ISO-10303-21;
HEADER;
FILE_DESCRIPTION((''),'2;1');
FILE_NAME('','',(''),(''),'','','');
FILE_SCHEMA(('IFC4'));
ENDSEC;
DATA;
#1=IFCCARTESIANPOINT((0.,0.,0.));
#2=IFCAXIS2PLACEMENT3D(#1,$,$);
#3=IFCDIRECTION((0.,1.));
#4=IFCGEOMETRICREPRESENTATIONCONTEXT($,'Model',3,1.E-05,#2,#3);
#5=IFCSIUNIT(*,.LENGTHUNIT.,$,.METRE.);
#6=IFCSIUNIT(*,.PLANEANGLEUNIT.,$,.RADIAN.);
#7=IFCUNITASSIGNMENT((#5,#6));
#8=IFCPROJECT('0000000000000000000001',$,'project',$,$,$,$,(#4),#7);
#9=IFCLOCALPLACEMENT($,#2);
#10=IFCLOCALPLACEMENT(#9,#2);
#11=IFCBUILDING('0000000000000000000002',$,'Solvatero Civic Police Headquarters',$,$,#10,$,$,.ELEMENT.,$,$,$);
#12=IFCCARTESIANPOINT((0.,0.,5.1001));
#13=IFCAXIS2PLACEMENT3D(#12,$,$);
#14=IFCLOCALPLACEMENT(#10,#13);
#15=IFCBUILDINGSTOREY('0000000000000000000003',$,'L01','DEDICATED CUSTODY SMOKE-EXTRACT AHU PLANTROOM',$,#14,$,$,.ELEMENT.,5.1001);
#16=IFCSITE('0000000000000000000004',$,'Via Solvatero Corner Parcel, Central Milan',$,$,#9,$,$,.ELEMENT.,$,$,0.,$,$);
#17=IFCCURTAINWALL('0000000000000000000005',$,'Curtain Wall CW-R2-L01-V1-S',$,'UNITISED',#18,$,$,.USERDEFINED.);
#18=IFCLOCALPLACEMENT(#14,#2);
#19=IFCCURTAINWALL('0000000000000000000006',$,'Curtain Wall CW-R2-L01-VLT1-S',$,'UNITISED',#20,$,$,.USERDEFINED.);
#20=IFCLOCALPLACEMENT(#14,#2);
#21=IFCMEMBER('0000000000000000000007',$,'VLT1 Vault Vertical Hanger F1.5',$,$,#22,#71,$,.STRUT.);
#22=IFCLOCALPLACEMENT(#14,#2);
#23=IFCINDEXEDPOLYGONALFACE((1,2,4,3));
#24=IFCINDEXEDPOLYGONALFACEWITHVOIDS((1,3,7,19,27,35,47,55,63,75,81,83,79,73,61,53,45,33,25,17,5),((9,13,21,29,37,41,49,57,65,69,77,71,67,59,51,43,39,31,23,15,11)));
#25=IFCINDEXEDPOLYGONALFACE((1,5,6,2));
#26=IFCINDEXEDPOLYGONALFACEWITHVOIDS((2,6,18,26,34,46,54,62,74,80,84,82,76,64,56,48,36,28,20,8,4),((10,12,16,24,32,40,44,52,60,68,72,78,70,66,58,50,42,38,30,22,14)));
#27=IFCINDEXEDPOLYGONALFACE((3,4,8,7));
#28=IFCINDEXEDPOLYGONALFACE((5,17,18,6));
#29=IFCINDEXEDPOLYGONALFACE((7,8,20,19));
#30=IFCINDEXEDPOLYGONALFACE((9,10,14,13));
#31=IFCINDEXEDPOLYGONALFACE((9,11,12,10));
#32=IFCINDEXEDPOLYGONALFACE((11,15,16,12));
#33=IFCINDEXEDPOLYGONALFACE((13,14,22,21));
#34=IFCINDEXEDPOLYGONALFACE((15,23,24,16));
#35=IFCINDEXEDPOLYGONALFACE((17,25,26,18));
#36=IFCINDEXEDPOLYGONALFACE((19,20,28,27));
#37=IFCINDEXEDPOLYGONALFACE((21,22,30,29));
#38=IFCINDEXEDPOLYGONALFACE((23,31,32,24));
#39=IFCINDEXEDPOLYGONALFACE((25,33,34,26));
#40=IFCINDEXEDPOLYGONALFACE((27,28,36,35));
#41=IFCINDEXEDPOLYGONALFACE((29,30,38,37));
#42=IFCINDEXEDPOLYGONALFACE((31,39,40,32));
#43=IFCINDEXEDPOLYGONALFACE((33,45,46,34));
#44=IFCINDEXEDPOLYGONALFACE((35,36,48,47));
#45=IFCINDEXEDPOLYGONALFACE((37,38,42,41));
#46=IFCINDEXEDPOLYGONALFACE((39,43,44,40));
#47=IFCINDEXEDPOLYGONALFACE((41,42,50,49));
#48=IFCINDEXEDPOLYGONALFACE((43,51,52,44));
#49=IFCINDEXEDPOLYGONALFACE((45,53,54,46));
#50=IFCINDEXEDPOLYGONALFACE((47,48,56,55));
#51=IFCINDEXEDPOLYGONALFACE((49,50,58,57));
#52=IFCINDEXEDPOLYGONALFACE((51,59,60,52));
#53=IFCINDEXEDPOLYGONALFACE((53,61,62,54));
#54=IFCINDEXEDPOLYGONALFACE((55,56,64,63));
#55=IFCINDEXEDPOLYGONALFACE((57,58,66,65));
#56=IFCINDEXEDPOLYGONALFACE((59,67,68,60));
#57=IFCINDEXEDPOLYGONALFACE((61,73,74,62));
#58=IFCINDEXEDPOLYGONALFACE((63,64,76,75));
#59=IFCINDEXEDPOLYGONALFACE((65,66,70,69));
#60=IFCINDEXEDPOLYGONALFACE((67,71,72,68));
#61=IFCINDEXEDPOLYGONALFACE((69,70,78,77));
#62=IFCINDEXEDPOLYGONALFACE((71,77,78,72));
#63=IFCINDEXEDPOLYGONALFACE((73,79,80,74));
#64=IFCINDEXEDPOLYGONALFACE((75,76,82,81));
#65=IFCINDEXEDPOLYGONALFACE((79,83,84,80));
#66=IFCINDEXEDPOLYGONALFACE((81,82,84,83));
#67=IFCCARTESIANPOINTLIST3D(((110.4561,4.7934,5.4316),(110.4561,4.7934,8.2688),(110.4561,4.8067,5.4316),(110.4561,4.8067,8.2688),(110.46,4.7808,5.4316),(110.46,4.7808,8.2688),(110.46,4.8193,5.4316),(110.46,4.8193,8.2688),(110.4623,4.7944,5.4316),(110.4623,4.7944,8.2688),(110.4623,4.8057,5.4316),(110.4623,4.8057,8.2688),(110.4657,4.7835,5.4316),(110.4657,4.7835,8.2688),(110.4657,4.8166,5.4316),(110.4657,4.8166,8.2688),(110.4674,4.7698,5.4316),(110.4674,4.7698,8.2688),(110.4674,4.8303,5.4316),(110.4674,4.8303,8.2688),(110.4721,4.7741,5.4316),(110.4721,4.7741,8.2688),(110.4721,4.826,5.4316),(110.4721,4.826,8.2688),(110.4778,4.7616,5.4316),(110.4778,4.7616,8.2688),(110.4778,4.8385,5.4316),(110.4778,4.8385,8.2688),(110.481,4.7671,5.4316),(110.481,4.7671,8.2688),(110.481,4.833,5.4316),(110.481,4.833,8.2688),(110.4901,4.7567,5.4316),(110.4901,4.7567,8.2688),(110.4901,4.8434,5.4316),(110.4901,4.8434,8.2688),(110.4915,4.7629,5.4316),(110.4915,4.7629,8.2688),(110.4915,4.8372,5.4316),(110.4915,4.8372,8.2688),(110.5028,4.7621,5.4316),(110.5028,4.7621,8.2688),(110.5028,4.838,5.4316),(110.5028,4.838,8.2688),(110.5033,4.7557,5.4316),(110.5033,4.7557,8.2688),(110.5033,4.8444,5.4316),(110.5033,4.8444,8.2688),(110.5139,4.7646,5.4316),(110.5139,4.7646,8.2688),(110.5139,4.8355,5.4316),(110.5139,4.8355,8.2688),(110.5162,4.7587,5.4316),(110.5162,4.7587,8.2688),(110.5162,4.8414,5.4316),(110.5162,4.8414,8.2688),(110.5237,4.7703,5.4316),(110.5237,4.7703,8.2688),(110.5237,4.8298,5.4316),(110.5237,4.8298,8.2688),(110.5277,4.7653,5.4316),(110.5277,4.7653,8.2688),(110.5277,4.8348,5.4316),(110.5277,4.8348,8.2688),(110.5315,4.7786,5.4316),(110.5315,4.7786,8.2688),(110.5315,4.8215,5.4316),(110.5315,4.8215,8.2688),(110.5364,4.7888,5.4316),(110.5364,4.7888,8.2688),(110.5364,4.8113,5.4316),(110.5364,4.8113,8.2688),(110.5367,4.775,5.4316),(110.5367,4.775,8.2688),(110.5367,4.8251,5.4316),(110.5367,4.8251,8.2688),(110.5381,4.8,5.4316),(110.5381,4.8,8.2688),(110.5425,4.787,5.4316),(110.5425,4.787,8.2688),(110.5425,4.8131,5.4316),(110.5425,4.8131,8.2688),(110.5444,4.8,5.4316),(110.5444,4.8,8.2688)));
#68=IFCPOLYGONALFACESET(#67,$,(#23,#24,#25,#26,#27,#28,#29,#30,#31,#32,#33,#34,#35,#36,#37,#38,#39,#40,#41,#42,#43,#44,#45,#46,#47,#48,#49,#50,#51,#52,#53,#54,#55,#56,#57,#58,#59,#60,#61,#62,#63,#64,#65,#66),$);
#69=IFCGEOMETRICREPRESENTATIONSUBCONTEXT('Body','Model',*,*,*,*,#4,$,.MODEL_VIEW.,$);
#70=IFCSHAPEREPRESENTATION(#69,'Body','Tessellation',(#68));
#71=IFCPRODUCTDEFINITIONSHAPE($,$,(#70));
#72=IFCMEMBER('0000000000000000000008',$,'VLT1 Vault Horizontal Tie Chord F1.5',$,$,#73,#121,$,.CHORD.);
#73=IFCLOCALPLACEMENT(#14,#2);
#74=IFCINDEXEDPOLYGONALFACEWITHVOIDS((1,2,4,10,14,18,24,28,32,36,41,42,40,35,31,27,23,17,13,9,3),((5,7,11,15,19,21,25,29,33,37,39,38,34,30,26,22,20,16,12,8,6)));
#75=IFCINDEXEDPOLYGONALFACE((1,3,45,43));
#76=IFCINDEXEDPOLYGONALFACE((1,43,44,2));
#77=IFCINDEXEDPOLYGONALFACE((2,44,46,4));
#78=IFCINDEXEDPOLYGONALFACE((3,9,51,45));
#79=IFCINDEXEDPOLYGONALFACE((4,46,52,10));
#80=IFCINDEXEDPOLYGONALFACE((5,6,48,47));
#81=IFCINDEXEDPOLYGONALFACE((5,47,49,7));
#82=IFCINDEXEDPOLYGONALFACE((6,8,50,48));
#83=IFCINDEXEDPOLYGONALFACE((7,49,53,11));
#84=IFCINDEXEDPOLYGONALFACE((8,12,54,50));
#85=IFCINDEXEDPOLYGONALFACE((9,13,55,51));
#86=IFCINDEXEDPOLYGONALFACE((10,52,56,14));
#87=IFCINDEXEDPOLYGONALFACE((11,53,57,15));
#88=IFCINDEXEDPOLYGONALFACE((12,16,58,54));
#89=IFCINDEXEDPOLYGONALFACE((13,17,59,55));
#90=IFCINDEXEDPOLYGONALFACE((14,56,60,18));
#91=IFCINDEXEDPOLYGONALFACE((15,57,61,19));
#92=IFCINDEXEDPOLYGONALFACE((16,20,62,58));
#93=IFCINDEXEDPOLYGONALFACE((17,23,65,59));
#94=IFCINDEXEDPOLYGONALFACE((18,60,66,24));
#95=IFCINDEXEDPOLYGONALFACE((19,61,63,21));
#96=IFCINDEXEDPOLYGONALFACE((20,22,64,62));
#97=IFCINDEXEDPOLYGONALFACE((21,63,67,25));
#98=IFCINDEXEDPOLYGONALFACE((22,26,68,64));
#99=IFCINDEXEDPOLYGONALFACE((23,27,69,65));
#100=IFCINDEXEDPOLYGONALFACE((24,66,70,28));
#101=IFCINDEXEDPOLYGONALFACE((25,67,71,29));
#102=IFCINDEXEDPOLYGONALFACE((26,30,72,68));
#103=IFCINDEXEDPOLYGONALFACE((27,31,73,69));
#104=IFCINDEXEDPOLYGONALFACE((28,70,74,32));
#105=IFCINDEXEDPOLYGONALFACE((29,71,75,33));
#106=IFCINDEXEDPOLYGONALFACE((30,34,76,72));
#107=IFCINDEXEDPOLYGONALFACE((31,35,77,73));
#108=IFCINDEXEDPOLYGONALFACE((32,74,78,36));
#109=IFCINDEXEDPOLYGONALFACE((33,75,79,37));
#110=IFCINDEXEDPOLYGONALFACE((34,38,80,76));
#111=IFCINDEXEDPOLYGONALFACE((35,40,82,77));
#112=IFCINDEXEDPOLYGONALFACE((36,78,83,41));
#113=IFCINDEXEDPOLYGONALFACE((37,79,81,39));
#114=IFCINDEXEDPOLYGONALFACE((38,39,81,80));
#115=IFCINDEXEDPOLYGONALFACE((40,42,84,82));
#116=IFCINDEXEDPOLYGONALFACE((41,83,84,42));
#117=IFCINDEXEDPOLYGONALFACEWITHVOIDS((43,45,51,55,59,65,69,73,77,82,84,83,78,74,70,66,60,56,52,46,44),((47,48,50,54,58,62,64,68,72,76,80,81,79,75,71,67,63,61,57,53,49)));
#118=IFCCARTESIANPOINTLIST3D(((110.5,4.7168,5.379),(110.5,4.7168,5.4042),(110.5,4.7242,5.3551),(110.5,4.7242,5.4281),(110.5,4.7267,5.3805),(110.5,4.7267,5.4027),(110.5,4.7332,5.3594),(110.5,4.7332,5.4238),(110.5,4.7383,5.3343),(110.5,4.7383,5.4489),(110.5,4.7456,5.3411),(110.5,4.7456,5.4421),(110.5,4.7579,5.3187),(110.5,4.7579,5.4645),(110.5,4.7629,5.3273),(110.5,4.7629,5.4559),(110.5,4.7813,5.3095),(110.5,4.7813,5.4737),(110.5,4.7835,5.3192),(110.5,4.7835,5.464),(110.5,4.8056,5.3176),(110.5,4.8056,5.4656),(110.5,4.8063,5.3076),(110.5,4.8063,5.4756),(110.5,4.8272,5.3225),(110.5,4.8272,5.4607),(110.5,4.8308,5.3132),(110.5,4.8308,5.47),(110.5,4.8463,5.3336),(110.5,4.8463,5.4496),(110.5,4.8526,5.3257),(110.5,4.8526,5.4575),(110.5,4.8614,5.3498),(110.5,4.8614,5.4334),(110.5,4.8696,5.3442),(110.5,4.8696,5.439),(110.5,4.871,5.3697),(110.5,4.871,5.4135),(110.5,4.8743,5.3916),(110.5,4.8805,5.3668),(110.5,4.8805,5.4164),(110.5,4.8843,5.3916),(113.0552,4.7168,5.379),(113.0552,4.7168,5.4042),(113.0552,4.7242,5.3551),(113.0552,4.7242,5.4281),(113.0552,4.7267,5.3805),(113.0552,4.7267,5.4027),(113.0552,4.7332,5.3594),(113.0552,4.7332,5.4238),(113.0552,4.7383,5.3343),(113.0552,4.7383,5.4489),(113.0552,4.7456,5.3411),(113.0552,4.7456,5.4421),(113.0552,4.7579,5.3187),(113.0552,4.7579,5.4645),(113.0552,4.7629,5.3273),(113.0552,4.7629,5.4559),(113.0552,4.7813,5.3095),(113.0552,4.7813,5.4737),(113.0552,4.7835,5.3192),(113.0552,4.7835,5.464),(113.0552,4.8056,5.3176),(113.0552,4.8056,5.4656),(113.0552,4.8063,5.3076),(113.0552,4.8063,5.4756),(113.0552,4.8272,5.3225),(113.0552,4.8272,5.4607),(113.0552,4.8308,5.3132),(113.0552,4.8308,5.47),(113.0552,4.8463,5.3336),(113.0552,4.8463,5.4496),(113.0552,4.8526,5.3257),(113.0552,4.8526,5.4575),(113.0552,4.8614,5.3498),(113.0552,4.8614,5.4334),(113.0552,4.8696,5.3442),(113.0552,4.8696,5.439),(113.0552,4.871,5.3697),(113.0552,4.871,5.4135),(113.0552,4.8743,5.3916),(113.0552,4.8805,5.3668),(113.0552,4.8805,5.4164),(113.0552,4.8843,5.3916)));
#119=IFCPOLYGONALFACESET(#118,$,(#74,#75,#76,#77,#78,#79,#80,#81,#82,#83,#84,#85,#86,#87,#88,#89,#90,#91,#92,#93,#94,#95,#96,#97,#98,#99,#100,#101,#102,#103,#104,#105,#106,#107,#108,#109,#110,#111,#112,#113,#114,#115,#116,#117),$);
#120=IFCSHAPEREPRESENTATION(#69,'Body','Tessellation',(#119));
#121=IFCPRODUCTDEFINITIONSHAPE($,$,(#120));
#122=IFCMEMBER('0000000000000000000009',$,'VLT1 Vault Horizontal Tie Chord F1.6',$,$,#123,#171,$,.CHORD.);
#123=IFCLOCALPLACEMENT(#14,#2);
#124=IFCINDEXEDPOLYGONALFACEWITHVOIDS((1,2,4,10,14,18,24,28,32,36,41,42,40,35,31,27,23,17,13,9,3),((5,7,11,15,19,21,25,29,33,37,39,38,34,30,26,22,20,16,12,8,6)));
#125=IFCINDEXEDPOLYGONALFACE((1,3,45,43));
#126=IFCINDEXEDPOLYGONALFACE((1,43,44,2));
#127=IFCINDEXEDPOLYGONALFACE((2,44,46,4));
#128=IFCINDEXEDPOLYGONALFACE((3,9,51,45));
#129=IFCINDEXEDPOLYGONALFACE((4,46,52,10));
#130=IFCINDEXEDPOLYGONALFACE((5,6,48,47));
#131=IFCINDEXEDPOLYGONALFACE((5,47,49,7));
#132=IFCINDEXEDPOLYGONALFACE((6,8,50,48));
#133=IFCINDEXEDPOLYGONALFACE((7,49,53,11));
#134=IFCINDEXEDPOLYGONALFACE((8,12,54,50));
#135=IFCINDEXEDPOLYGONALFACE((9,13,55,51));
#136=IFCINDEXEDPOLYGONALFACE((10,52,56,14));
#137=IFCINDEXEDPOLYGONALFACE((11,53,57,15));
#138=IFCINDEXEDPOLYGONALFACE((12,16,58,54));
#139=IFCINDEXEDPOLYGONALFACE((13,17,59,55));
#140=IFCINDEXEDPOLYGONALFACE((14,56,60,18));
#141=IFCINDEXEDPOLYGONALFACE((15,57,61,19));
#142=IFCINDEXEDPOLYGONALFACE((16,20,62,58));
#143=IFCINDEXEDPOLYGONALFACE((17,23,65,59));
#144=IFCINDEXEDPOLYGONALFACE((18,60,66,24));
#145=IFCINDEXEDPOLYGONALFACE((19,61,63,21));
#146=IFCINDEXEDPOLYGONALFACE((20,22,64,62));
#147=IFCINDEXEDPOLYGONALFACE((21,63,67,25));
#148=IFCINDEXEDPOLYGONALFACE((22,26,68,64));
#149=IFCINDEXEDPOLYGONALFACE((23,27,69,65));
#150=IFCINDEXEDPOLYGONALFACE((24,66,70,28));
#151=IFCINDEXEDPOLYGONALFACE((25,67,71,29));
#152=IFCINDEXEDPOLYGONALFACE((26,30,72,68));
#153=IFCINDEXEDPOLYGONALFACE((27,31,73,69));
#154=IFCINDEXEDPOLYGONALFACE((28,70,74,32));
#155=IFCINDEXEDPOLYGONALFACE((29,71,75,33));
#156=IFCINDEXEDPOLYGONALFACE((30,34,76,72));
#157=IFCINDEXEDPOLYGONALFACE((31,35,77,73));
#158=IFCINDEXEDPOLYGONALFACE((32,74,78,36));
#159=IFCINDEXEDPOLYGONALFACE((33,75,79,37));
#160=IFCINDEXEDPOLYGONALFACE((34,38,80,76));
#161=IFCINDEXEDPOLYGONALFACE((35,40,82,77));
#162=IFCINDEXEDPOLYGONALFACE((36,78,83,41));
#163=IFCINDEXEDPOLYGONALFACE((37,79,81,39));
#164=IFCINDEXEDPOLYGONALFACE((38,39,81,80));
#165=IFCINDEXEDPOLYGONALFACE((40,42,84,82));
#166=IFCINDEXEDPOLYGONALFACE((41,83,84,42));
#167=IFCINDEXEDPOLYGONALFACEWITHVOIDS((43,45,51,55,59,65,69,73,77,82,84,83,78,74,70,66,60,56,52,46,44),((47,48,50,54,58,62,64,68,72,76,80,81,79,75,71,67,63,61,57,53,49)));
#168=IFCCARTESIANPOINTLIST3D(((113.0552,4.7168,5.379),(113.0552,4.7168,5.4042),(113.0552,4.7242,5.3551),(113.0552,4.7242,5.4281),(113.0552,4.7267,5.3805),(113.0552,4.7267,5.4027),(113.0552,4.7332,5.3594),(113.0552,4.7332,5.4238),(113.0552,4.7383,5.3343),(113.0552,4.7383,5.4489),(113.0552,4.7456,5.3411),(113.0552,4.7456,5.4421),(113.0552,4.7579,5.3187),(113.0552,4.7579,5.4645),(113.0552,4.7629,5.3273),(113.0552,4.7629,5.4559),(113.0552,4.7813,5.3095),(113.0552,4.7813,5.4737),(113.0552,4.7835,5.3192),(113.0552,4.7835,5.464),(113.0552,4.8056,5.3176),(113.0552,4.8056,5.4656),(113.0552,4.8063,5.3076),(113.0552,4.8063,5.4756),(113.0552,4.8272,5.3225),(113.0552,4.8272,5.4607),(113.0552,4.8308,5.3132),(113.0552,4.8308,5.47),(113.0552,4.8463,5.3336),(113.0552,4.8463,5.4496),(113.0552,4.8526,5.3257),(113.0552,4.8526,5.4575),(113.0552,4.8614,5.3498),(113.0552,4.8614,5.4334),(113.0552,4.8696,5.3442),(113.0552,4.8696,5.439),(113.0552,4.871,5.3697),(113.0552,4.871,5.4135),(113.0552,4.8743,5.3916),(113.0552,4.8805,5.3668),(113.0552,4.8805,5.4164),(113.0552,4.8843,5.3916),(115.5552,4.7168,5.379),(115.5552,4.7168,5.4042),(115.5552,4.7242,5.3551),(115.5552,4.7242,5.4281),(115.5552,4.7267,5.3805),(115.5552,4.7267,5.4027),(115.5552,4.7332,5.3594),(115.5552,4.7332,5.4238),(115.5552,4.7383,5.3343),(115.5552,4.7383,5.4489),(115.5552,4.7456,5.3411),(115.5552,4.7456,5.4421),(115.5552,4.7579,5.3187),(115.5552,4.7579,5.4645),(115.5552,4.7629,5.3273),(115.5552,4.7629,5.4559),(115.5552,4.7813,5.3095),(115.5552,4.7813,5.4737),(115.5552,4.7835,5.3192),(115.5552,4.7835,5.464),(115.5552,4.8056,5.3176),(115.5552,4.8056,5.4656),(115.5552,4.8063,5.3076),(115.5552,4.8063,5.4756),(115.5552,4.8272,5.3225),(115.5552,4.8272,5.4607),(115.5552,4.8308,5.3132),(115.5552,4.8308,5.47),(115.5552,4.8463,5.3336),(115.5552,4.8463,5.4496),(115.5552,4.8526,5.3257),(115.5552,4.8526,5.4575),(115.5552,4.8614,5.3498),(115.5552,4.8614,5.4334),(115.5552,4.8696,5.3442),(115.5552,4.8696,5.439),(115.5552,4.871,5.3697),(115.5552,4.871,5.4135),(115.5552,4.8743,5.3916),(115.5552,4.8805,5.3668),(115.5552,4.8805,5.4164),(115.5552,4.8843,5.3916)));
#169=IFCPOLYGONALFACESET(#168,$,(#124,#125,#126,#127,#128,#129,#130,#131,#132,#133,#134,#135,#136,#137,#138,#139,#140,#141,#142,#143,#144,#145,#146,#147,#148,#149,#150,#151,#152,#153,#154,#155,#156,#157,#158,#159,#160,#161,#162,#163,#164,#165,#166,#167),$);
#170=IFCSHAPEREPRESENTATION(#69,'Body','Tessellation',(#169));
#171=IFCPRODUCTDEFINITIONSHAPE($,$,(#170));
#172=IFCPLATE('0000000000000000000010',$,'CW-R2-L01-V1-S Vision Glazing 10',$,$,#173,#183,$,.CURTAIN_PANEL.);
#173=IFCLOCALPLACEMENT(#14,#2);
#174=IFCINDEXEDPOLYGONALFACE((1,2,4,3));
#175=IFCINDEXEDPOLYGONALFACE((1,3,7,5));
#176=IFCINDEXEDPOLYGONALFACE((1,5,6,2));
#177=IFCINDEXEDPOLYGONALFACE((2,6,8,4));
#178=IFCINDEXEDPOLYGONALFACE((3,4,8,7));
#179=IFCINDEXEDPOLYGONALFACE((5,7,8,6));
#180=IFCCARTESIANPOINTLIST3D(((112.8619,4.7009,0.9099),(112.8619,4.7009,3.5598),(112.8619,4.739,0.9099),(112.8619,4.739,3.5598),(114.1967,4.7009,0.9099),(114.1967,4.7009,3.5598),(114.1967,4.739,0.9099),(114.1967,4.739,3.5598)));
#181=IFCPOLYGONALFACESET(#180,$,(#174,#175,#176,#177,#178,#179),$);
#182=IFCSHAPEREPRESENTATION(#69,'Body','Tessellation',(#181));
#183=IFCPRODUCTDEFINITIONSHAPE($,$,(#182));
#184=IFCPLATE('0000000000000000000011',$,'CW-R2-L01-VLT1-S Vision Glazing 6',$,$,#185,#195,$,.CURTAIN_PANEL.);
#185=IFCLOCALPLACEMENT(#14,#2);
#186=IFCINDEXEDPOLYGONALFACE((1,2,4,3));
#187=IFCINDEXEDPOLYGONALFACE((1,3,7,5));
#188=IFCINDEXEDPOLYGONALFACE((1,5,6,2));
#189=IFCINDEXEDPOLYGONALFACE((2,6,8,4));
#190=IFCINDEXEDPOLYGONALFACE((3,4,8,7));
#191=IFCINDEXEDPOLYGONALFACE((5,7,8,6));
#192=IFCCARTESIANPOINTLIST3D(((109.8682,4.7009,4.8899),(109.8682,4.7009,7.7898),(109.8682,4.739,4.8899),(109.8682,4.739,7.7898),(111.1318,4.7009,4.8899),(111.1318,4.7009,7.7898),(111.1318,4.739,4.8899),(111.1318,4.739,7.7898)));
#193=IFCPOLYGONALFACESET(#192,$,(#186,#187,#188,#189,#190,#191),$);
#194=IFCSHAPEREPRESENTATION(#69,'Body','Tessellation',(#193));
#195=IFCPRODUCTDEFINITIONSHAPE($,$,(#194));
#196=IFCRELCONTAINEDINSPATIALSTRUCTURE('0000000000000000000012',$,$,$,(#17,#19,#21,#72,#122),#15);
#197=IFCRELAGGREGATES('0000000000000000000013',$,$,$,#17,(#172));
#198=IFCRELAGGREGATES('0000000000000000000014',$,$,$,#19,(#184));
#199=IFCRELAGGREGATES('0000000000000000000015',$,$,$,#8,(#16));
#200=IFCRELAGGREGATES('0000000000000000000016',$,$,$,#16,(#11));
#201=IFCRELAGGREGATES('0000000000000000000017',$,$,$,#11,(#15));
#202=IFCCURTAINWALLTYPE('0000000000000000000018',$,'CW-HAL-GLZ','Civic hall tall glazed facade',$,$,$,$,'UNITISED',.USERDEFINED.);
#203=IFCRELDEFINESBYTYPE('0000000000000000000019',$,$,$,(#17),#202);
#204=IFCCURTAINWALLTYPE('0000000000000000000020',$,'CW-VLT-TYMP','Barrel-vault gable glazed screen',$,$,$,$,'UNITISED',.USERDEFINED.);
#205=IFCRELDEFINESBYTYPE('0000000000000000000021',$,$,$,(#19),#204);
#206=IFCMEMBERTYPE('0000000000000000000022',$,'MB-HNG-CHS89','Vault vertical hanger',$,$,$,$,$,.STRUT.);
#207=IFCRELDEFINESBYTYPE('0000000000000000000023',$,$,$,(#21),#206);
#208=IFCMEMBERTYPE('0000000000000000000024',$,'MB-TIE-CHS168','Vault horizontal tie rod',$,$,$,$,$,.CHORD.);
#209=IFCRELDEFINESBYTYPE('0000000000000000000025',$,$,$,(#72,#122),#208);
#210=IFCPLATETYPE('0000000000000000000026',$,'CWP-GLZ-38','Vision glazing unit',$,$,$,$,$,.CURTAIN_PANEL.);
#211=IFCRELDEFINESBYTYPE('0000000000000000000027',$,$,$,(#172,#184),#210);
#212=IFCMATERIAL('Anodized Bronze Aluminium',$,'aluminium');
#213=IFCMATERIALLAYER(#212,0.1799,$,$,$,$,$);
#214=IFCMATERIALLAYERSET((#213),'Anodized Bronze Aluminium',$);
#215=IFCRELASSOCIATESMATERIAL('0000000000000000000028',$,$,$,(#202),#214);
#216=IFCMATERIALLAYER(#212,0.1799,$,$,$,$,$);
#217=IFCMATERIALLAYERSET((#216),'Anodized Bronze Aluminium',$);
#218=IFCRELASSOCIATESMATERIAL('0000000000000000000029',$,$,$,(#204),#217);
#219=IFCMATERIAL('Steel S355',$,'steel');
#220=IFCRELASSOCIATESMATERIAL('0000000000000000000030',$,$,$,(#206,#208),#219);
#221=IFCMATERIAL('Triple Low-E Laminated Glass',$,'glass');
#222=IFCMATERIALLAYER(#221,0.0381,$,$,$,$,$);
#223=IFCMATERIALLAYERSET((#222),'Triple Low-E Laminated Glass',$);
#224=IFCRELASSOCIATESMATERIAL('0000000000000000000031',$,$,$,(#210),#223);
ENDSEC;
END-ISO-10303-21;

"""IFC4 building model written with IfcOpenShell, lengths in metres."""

from ifc_helpers import new_model, si_unit, direction, frame, origin, origin_2d, place, context, subcontext, project, spatial, rectangle, hollow_circle, extrude, material, layer, layer_set, material_profile, profile_set, type_object, element, aggregate, save


model = new_model("IFC4")

# Units and contexts
model_context = context("Model", 3, precision=1e-05, world=origin(), true_north=direction((0.0, 1.0)))
body_context = subcontext(model_context, "Body", "Model", "MODEL_VIEW")
ifc_project = project(units=[si_unit("LENGTHUNIT", "METRE"), si_unit("PLANEANGLEUNIT", "RADIAN")], contexts=[model_context])

# Site, building, storey
site_placement = place(None, origin())
site = spatial("IfcSite", under=ifc_project, at=site_placement, Name="Via Solvatero Corner Parcel, Central Milan", CompositionType="ELEMENT", RefElevation=0.0)
building_placement = place(site_placement, origin())
building = spatial("IfcBuilding", under=site, at=building_placement, Name="Solvatero Civic Police Headquarters", CompositionType="ELEMENT")
storey_placement = place(building_placement, frame((0.0, 0.0, 5.1001)))
storey = spatial("IfcBuildingStorey", under=building, at=storey_placement, Name="L01", Description="DEDICATED CUSTODY SMOKE-EXTRACT AHU PLANTROOM", CompositionType="ELEMENT", Elevation=5.1001)

# Shared definitions
ifc_material_1 = material(Name="Steel S355", Category="steel")

# Curtain walls
ifc_material_2 = material(Name="Anodized Bronze Aluminium", Category="aluminium")
ifc_layer_1 = layer(ifc_material_2, 0.1799)
ifc_layer_set_1 = layer_set([ifc_layer_1], Name="Anodized Bronze Aluminium")
curtain_wall_type_1 = type_object("IfcCurtainWallType", Name="CW-HAL-GLZ", Description="Civic hall tall glazed facade", ElementType="UNITISED", PredefinedType="USERDEFINED", material=ifc_layer_set_1)
curtain_wall_1_placement = place(storey_placement, origin())
curtain_wall_1 = element("IfcCurtainWall", 1, at=curtain_wall_1_placement, inside=storey, type_object=curtain_wall_type_1, Name="Curtain Wall CW-R2-L01-V1-S", ObjectType="UNITISED", PredefinedType="USERDEFINED")
ifc_layer_2 = layer(ifc_material_2, 0.1799)
ifc_layer_set_2 = layer_set([ifc_layer_2], Name="Anodized Bronze Aluminium")
curtain_wall_type_2 = type_object("IfcCurtainWallType", Name="CW-VLT-TYMP", Description="Barrel-vault gable glazed screen", ElementType="UNITISED", PredefinedType="USERDEFINED", material=ifc_layer_set_2)
curtain_wall_2_placement = place(storey_placement, origin())
curtain_wall_2 = element("IfcCurtainWall", 2, at=curtain_wall_2_placement, inside=storey, type_object=curtain_wall_type_2, Name="Curtain Wall CW-R2-L01-VLT1-S", ObjectType="UNITISED", PredefinedType="USERDEFINED")

# Members
ifc_material_profile_1 = material_profile(ifc_material_1, hollow_circle(Radius=0.0444, WallThickness=0.0063, at=origin_2d()), Name="CHS 88.9x6.3")
ifc_profile_set_1 = profile_set([ifc_material_profile_1], Name="Steel S355")
member_type_1 = type_object("IfcMemberType", Name="MB-HNG-CHS89", Description="Vault vertical hanger", PredefinedType="STRUT", material=ifc_profile_set_1)
member_1_placement = place(storey_placement, frame((110.5, 4.8, 5.4316), z_axis=(0.0, 0.0, 1.0), x_axis=(1.0, 0.0, 0.0)))
element("IfcMember", 3, at=member_1_placement, inside=storey, type_object=member_type_1, Name="VLT1 Vault Vertical Hanger F1.5", PredefinedType="STRUT", context=body_context, shape_type="SweptSolid", body=[
    extrude(hollow_circle(Radius=0.0444, WallThickness=0.0063, at=origin_2d()), origin(), (0.0, 0.0, 1.0), 2.8372),
])
ifc_material_profile_2 = material_profile(ifc_material_1, hollow_circle(Radius=0.0842, WallThickness=0.01, at=origin_2d()), Name="CHS 168.3x10.0")
ifc_profile_set_2 = profile_set([ifc_material_profile_2], Name="Steel S355")
member_type_2 = type_object("IfcMemberType", Name="MB-TIE-CHS168", Description="Vault horizontal tie rod", PredefinedType="CHORD", material=ifc_profile_set_2)
member_2_placement = place(storey_placement, frame((110.5, 4.8, 5.3916), z_axis=(1.0, 0.0, 0.0), x_axis=(0.0, 1.0, 0.0)))
element("IfcMember", 4, at=member_2_placement, inside=storey, type_object=member_type_2, Name="VLT1 Vault Horizontal Tie Chord F1.5", PredefinedType="CHORD", context=body_context, shape_type="SweptSolid", body=[
    extrude(hollow_circle(Radius=0.0842, WallThickness=0.01, at=origin_2d()), origin(), (0.0, 0.0, 1.0), 2.5552),
])
member_3_placement = place(storey_placement, frame((113.0552, 4.8, 5.3916), z_axis=(1.0, 0.0, 0.0), x_axis=(0.0, 1.0, 0.0)))
element("IfcMember", 5, at=member_3_placement, inside=storey, type_object=member_type_2, Name="VLT1 Vault Horizontal Tie Chord F1.6", PredefinedType="CHORD", context=body_context, shape_type="SweptSolid", body=[
    extrude(hollow_circle(Radius=0.0842, WallThickness=0.01, at=origin_2d()), origin(), (0.0, 0.0, 1.0), 2.5),
])

# Plates
ifc_material_3 = material(Name="Triple Low-E Laminated Glass", Category="glass")
ifc_layer_3 = layer(ifc_material_3, 0.0381)
ifc_layer_set_3 = layer_set([ifc_layer_3], Name="Triple Low-E Laminated Glass")
plate_type_1 = type_object("IfcPlateType", Name="CWP-GLZ-38", Description="Vision glazing unit", PredefinedType="CURTAIN_PANEL", material=ifc_layer_set_3)
plate_1_placement = place(storey_placement, frame((113.5293, 4.72, 0.9099), z_axis=(0.0, 0.0, 1.0), x_axis=(1.0, 0.0, 0.0)))
plate_1 = element("IfcPlate", 6, at=plate_1_placement, type_object=plate_type_1, Name="CW-R2-L01-V1-S Vision Glazing 10", PredefinedType="CURTAIN_PANEL", context=body_context, shape_type="SweptSolid", body=[
    extrude(rectangle(XDim=1.3347, YDim=0.0381, at=origin_2d()), origin(), (0.0, 0.0, 1.0), 2.6499),
])
plate_2_placement = place(storey_placement, frame((110.5, 4.72, 4.8899), z_axis=(0.0, 0.0, 1.0), x_axis=(1.0, 0.0, 0.0)))
plate_2 = element("IfcPlate", 7, at=plate_2_placement, type_object=plate_type_1, Name="CW-R2-L01-VLT1-S Vision Glazing 6", PredefinedType="CURTAIN_PANEL", context=body_context, shape_type="SweptSolid", body=[
    extrude(rectangle(XDim=1.2637, YDim=0.0381, at=origin_2d()), origin(), (0.0, 0.0, 1.0), 2.8999),
])
aggregate(curtain_wall_1, [plate_1])
aggregate(curtain_wall_2, [plate_2])

save(model, "model.ifc")
